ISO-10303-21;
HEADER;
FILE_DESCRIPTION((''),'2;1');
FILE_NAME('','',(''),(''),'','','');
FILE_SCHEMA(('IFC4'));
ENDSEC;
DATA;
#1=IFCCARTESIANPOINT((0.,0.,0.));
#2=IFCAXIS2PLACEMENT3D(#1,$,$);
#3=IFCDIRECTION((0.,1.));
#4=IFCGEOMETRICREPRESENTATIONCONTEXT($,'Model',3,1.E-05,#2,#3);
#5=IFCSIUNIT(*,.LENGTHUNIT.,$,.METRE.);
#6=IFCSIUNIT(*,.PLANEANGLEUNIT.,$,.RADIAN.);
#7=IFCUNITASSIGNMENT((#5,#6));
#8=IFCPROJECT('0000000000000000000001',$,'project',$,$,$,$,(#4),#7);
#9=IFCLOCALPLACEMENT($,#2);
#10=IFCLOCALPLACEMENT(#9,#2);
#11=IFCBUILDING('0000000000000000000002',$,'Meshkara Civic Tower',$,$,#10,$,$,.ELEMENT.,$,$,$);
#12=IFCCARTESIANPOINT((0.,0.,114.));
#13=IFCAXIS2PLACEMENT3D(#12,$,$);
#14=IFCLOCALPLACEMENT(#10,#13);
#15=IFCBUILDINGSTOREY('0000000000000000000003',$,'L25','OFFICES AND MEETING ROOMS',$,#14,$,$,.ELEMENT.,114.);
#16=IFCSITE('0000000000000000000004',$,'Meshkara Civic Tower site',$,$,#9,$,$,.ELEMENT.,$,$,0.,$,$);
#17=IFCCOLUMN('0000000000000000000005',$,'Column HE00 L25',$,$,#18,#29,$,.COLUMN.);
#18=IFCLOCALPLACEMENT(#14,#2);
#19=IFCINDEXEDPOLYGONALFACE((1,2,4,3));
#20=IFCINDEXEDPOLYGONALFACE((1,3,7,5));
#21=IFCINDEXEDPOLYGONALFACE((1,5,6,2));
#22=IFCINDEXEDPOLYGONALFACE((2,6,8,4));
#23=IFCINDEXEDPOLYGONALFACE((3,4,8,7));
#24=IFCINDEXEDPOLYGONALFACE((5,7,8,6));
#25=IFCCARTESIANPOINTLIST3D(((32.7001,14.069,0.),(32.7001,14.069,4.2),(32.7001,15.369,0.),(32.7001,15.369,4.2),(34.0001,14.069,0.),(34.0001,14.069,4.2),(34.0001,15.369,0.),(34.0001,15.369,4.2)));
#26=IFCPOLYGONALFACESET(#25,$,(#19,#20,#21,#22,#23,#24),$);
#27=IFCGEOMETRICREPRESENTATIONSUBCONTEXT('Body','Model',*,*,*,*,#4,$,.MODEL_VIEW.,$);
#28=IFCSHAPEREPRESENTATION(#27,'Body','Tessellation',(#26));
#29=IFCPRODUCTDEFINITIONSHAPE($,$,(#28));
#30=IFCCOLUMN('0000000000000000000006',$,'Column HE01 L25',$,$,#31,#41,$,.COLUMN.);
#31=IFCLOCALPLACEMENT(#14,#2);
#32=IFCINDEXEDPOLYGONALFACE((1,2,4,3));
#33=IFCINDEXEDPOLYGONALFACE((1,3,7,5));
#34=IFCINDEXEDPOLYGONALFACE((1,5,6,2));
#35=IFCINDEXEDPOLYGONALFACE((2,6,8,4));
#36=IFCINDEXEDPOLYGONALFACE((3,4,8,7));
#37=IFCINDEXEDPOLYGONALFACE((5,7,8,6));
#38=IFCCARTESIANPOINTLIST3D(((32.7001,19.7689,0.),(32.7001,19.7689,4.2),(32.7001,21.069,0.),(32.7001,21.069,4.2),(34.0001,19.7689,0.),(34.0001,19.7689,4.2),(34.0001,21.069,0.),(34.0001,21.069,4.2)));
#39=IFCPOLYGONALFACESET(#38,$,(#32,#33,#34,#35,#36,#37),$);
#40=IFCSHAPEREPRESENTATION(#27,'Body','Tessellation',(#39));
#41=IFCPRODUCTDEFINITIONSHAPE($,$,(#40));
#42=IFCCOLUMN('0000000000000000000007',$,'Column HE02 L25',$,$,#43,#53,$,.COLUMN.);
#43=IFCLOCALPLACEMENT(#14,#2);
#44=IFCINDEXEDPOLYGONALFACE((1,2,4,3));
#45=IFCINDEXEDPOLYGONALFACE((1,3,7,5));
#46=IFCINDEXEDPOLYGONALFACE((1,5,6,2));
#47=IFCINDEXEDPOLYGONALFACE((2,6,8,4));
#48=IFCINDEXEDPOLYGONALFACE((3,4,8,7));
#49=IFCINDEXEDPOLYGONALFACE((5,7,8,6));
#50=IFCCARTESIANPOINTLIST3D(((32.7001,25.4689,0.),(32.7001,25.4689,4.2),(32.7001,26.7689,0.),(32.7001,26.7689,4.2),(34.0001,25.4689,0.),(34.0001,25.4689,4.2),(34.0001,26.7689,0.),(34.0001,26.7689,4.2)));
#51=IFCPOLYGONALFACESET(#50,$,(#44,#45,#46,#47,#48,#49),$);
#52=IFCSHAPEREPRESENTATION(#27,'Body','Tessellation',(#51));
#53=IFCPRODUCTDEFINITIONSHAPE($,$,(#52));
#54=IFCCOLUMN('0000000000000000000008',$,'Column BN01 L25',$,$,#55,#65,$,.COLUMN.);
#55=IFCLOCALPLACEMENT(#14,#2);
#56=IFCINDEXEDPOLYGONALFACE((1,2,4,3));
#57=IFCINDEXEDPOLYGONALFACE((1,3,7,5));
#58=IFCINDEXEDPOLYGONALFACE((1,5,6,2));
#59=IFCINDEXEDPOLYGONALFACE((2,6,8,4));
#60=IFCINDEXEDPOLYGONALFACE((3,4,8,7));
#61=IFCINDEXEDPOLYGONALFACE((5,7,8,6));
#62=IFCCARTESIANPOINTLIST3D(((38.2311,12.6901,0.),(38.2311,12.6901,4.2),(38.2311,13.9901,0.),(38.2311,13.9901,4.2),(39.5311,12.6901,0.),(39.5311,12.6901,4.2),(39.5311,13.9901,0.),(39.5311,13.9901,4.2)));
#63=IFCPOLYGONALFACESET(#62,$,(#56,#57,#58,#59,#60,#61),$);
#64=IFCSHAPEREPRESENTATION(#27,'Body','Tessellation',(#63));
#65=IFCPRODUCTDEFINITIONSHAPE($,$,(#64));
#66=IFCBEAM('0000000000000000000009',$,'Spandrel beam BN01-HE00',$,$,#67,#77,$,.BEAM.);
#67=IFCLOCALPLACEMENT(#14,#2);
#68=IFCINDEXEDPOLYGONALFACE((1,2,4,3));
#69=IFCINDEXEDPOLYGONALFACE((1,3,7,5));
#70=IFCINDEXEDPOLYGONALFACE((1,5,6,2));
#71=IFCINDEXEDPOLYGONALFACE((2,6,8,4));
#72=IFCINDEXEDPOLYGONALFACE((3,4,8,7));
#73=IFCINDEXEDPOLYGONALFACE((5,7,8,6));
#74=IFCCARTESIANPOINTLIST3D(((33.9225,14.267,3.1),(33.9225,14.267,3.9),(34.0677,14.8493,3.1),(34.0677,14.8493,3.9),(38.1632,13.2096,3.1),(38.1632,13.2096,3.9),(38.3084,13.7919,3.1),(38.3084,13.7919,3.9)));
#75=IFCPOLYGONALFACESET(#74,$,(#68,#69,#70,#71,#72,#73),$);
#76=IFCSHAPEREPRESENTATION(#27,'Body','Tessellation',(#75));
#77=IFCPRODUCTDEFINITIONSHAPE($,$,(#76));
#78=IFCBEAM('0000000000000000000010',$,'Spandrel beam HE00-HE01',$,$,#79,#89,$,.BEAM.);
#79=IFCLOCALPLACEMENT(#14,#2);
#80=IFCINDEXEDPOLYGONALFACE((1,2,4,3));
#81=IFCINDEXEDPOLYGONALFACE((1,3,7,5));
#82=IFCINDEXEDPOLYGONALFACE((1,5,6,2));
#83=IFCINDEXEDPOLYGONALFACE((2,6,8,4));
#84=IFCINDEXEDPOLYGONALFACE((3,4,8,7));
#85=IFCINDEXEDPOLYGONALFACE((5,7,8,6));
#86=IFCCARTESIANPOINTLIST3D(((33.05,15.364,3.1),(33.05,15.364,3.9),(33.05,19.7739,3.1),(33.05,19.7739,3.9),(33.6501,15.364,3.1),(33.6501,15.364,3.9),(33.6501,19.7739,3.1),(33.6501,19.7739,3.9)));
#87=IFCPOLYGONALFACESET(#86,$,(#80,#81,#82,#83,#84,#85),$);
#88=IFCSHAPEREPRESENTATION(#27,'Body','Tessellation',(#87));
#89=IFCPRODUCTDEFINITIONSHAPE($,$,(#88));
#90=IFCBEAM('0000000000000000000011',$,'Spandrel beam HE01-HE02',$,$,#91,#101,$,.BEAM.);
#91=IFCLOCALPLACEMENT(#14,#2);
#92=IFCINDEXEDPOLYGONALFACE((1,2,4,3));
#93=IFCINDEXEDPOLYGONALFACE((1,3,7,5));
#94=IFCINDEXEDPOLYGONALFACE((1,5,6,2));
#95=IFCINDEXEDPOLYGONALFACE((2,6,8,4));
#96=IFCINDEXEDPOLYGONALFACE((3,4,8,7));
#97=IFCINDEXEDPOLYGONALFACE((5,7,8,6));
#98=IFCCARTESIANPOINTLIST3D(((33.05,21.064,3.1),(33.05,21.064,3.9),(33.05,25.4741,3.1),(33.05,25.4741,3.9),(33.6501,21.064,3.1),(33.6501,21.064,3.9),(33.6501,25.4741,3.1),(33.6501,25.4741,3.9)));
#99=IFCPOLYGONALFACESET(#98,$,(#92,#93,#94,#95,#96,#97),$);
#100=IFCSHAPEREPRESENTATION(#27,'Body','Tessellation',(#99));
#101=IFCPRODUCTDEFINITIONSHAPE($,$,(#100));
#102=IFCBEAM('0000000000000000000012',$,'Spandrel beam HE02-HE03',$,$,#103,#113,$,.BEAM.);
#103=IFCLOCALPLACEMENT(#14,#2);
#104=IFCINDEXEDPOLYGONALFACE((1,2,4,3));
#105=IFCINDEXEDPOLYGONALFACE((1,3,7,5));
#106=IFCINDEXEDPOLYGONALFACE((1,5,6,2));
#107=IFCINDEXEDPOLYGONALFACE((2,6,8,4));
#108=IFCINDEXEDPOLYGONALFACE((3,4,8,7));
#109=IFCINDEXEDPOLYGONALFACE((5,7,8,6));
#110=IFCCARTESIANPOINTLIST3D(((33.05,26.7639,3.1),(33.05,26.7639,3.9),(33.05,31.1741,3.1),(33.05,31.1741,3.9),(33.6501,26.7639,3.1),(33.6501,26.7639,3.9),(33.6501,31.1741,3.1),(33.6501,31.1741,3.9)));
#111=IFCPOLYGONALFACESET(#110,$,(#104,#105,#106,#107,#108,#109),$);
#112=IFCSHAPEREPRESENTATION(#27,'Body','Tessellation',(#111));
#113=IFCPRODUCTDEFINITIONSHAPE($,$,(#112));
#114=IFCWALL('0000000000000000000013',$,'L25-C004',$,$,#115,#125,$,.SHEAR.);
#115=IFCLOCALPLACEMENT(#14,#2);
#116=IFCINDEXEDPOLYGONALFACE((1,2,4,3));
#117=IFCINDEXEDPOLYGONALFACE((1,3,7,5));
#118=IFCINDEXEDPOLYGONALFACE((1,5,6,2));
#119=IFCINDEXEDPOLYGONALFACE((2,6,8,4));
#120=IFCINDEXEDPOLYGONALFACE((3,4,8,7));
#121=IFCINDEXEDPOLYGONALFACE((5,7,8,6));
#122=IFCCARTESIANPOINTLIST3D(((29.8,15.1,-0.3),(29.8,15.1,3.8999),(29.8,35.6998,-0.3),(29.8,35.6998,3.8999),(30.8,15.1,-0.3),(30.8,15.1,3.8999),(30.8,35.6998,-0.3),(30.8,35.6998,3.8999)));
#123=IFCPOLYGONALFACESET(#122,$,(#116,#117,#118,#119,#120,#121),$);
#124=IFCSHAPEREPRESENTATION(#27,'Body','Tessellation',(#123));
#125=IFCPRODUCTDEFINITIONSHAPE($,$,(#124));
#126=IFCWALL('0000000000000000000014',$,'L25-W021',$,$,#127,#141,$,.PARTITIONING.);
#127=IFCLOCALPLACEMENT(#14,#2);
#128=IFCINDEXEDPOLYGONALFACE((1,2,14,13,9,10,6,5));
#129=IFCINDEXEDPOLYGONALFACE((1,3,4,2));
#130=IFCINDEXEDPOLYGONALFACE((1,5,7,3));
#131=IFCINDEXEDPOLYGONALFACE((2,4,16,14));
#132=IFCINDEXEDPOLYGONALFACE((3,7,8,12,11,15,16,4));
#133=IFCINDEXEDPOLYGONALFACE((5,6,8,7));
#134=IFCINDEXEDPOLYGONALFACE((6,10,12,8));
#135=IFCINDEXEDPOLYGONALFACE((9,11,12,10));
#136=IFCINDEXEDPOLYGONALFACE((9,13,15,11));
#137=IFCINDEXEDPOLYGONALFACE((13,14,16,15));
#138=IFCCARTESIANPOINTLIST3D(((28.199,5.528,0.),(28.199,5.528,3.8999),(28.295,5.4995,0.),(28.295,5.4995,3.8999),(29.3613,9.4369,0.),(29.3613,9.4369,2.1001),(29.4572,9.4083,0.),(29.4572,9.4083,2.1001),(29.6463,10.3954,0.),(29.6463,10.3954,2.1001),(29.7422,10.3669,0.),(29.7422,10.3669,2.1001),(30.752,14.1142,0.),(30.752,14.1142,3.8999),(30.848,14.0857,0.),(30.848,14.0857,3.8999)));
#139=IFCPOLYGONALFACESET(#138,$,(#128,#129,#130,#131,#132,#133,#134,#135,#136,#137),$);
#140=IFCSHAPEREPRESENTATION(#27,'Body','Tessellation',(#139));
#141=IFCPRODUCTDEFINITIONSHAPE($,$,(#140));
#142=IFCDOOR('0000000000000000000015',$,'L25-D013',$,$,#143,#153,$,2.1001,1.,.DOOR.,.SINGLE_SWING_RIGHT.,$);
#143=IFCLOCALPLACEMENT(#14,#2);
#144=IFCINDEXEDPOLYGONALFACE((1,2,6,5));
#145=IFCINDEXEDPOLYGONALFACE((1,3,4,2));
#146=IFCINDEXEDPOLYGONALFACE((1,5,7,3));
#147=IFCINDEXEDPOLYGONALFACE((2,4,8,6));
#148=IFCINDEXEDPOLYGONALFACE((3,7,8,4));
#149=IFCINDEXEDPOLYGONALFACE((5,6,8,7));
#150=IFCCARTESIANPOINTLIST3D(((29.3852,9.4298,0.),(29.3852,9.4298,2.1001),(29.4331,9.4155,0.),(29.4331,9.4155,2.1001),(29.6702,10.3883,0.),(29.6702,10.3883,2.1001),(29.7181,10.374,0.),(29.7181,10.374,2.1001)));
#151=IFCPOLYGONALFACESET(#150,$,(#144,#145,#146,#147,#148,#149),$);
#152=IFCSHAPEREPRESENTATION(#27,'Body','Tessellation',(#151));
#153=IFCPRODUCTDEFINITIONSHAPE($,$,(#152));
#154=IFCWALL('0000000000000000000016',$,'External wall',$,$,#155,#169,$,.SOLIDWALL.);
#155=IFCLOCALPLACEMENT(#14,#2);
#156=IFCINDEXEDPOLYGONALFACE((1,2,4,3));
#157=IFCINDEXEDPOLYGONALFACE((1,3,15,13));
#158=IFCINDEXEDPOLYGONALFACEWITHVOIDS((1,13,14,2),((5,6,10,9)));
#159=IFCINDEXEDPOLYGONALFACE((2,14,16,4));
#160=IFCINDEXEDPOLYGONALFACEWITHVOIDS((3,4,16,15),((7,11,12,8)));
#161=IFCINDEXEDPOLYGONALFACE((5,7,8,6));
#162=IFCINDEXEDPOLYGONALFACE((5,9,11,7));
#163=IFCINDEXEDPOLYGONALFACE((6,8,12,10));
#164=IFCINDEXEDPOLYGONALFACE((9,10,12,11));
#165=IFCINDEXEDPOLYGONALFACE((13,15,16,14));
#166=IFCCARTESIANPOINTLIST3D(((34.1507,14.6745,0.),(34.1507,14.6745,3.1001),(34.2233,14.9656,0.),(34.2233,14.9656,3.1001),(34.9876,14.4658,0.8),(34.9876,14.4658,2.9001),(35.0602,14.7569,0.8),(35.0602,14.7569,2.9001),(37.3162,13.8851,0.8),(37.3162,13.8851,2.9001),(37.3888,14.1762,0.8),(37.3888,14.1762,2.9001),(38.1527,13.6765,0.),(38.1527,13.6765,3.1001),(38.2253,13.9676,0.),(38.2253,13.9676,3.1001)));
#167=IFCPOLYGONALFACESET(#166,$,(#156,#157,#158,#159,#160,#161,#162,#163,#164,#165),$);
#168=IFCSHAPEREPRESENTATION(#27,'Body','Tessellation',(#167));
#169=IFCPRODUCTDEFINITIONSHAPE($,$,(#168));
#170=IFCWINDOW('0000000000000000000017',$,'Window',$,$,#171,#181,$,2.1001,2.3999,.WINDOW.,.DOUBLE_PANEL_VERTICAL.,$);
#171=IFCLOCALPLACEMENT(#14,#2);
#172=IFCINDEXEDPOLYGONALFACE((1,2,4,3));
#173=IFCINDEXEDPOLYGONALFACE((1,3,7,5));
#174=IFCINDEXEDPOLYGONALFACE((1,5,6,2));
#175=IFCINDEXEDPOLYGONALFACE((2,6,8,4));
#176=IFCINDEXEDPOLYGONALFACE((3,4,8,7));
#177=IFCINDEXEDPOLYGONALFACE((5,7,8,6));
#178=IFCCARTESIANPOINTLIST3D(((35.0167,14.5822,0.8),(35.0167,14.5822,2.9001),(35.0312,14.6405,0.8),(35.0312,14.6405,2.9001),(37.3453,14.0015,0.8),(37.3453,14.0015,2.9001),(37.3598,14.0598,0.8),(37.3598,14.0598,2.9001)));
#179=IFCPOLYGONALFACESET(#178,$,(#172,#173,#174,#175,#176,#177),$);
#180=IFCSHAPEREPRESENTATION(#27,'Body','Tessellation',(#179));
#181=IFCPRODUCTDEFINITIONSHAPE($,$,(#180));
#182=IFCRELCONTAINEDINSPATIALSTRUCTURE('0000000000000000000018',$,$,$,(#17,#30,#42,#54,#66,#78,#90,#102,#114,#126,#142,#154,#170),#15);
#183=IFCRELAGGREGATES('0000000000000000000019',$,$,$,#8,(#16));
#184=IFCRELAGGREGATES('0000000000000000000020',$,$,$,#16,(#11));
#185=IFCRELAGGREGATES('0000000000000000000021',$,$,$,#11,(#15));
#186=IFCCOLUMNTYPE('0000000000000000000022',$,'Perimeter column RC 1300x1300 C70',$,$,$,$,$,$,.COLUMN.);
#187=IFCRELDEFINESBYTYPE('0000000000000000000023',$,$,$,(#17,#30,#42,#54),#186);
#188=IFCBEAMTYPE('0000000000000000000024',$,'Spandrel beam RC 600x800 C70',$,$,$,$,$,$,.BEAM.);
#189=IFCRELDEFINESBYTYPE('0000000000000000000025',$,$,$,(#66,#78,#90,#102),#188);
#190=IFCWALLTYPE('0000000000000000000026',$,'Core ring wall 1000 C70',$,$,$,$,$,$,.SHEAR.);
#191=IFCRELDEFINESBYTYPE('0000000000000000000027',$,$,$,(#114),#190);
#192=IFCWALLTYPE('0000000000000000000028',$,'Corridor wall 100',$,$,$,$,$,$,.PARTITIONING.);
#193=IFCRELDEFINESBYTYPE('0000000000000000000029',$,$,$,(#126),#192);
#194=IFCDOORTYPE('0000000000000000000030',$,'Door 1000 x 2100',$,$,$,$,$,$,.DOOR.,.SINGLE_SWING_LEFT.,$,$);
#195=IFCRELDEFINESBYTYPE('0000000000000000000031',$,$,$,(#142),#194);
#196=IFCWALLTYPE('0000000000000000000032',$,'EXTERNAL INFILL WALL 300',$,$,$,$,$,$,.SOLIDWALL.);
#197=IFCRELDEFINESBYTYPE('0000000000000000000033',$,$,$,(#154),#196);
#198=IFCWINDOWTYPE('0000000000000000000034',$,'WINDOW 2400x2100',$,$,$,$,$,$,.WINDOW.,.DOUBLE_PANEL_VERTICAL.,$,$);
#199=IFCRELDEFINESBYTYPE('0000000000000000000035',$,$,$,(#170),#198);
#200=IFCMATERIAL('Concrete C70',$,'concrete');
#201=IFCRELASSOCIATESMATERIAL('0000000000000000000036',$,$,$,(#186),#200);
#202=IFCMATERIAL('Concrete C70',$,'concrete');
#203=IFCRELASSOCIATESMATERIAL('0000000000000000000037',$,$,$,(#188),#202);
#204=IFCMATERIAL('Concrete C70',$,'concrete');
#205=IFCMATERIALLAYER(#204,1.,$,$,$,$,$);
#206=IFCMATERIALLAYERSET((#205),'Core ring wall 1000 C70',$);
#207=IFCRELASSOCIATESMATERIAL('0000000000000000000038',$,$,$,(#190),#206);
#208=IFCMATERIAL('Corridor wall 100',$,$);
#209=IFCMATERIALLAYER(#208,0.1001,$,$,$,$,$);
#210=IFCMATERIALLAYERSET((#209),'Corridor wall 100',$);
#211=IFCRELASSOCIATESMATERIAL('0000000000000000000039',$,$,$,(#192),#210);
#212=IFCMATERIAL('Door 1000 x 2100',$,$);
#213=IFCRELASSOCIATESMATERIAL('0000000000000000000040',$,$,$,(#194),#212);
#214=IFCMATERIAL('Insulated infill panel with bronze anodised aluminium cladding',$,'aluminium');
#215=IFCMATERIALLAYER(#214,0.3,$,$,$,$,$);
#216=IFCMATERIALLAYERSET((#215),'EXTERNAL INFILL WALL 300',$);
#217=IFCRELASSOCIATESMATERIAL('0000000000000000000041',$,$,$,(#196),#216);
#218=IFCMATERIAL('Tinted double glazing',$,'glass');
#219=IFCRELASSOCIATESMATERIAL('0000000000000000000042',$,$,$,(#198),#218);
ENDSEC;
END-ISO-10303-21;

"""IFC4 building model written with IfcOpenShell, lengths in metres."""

from ifc_helpers import new_model, si_unit, direction, frame, frame_2d, origin, origin_2d, place, context, subcontext, project, spatial, rectangle, extrude, material, layer, layer_set, material_profile, profile_set, type_object, element, fill, save


model = new_model("IFC4")

# Units and contexts
model_context = context("Model", 3, precision=1e-05, world=origin(), true_north=direction((0.0, 1.0)))
body_context = subcontext(model_context, "Body", "Model", "MODEL_VIEW")
ifc_project = project(units=[si_unit("LENGTHUNIT", "METRE"), si_unit("PLANEANGLEUNIT", "RADIAN")], contexts=[model_context])

# Site, building, storey
site_placement = place(None, origin())
site = spatial("IfcSite", under=ifc_project, at=site_placement, Name="Meshkara Civic Tower site", CompositionType="ELEMENT", RefElevation=0.0)
building_placement = place(site_placement, origin())
building = spatial("IfcBuilding", under=site, at=building_placement, Name="Meshkara Civic Tower", CompositionType="ELEMENT")
storey_placement = place(building_placement, frame((0.0, 0.0, 114.0)))
storey = spatial("IfcBuildingStorey", under=building, at=storey_placement, Name="L25", Description="OFFICES AND MEETING ROOMS", CompositionType="ELEMENT", Elevation=114.0)

# Columns
ifc_material_1 = material(Name="Concrete C70", Category="concrete")
ifc_material_profile_1 = material_profile(ifc_material_1, rectangle(XDim=1.3, YDim=1.3, at=origin_2d()))
ifc_profile_set_1 = profile_set([ifc_material_profile_1], Name="Concrete C70")
column_type = type_object("IfcColumnType", Name="Perimeter column RC 1300x1300 C70", PredefinedType="COLUMN", material=ifc_profile_set_1)
for number, where, z_axis, x_axis, name in (
    (1, (33.3501, 14.719, 0.0), (0.0, 0.0, 1.0), (1.0, 0.0, 0.0), "Column HE00 L25"),
    (2, (33.3501, 20.4189, 0.0), (0.0, 0.0, 1.0), (1.0, 0.0, 0.0), "Column HE01 L25"),
    (3, (33.3501, 26.1189, 0.0), (0.0, 0.0, 1.0), (1.0, 0.0, 0.0), "Column HE02 L25"),
    (4, (38.8811, 13.3401, 0.0), (0.0, 0.0, 1.0), (1.0, 0.0, 0.0), "Column BN01 L25"),
):
    element("IfcColumn", number, at=place(storey_placement, frame(where, z_axis=z_axis, x_axis=x_axis)), inside=storey, type_object=column_type, Name=name, PredefinedType="COLUMN", context=body_context, shape_type="SweptSolid", body=[
        extrude(rectangle(XDim=1.3, YDim=1.3, at=origin_2d()), origin(), (0.0, 0.0, 1.0), 4.2),
    ])

# Beams
ifc_material_2 = material(Name="Concrete C70", Category="concrete")
ifc_material_profile_2 = material_profile(ifc_material_2, rectangle(XDim=0.6001, YDim=0.8, at=origin_2d()))
ifc_profile_set_2 = profile_set([ifc_material_profile_2], Name="Concrete C70")
beam_type = type_object("IfcBeamType", Name="Spandrel beam RC 600x800 C70", PredefinedType="BEAM", material=ifc_profile_set_2)
beam_1_placement = place(storey_placement, frame((38.2358, 13.5007, 3.5), z_axis=(-0.970293, 0.241931, 0.0), x_axis=(-0.241931, -0.970293, 0.0)))
element("IfcBeam", 5, at=beam_1_placement, inside=storey, type_object=beam_type, Name="Spandrel beam BN01-HE00", PredefinedType="BEAM", context=body_context, shape_type="SweptSolid", body=[
    extrude(rectangle(XDim=0.6001, YDim=0.8, at=origin_2d()), origin(), (0.0, 0.0, 1.0), 4.3706),
])
beam_2_placement = place(storey_placement, frame((33.3501, 15.364, 3.5), z_axis=(0.0, 1.0, 0.0), x_axis=(-1.0, 0.0, 0.0)))
element("IfcBeam", 6, at=beam_2_placement, inside=storey, type_object=beam_type, Name="Spandrel beam HE00-HE01", PredefinedType="BEAM", context=body_context, shape_type="SweptSolid", body=[
    extrude(rectangle(XDim=0.6001, YDim=0.8, at=origin_2d()), origin(), (0.0, 0.0, 1.0), 4.4099),
])
for number, where, z_axis, x_axis, name in (
    (7, (33.3501, 21.064, 3.5), (0.0, 1.0, 0.0), (-1.0, 0.0, 0.0), "Spandrel beam HE01-HE02"),
    (8, (33.3501, 26.7639, 3.5), (0.0, 1.0, 0.0), (-1.0, 0.0, 0.0), "Spandrel beam HE02-HE03"),
):
    element("IfcBeam", number, at=place(storey_placement, frame(where, z_axis=z_axis, x_axis=x_axis)), inside=storey, type_object=beam_type, Name=name, PredefinedType="BEAM", context=body_context, shape_type="SweptSolid", body=[
        extrude(rectangle(XDim=0.6001, YDim=0.8, at=origin_2d()), origin(), (0.0, 0.0, 1.0), 4.4102),
    ])

# Wall
ifc_material_3 = material(Name="Concrete C70", Category="concrete")
ifc_layer_1 = layer(ifc_material_3, 1.0)
ifc_layer_set_1 = layer_set([ifc_layer_1], Name="Core ring wall 1000 C70")
wall_type_1 = type_object("IfcWallType", Name="Core ring wall 1000 C70", PredefinedType="SHEAR", material=ifc_layer_set_1)
wall_1_placement = place(storey_placement, frame((30.3, 15.1001, -0.3), z_axis=(0.0, 0.0, 1.0), x_axis=(0.0, 1.0, 0.0)))
element("IfcWall", 9, at=wall_1_placement, inside=storey, type_object=wall_type_1, Name="L25-C004", PredefinedType="SHEAR", context=body_context, shape_type="SweptSolid", body=[
    extrude(rectangle(XDim=20.5999, YDim=1.0, at=frame_2d((10.2998, 0.0))), origin(), (0.0, 0.0, 1.0), 4.2),
])

# Wall, opening, door
ifc_material_4 = material(Name="Corridor wall 100")
ifc_layer_2 = layer(ifc_material_4, 0.1001)
ifc_layer_set_2 = layer_set([ifc_layer_2], Name="Corridor wall 100")
wall_type_2 = type_object("IfcWallType", Name="Corridor wall 100", PredefinedType="PARTITIONING", material=ifc_layer_set_2)
wall_2_placement = place(storey_placement, frame((30.8, 14.1001, 0.0), z_axis=(0.0, 0.0, 1.0), x_axis=(-0.285004, -0.958526, 0.0)))
wall_2 = element("IfcWall", 10, at=wall_2_placement, inside=storey, type_object=wall_type_2, Name="L25-W021", PredefinedType="PARTITIONING", context=body_context, shape_type="SweptSolid", body=[
    extrude(rectangle(XDim=8.9578, YDim=0.1001, at=frame_2d((4.479, 0.0))), origin(), (0.0, 0.0, 1.0), 3.8999),
])
opening_1_placement = place(wall_2_placement, frame((3.8799, 0.0, 0.0)))
opening_1 = element("IfcOpeningElement", 11, at=opening_1_placement, cuts=wall_2, PredefinedType="OPENING", context=body_context, shape_type="SweptSolid", body=[
    extrude(rectangle(XDim=1.0, YDim=2.1001, at=frame_2d((0.5, 1.05))), frame((0.0, 0.0601, 0.0), z_axis=(0.0, -1.0, 0.0), x_axis=(1.0, 0.0, 0.0)), (0.0, 0.0, 1.0), 0.1201),
])
ifc_material_5 = material(Name="Door 1000 x 2100")
door_type_1 = type_object("IfcDoorType", Name="Door 1000 x 2100", OperationType="SINGLE_SWING_LEFT", PredefinedType="DOOR", material=ifc_material_5)
door_1_placement = place(opening_1_placement, origin())
door_1 = element("IfcDoor", 12, at=door_1_placement, inside=storey, type_object=door_type_1, Name="L25-D013", OperationType="SINGLE_SWING_RIGHT", OverallHeight=2.1001, OverallWidth=1.0, PredefinedType="DOOR", context=body_context, shape_type="SweptSolid", body=[
    extrude(rectangle(XDim=1.0, YDim=2.1001, at=frame_2d((0.5, 1.05))), frame((0.0, 0.0249, 0.0), z_axis=(0.0, -1.0, 0.0), x_axis=(1.0, 0.0, 0.0)), (0.0, 0.0, 1.0), 0.05),
])
fill(opening_1, door_1)

# Wall, opening, window
ifc_material_6 = material(Name="Insulated infill panel with bronze anodised aluminium cladding", Category="aluminium")
ifc_layer_3 = layer(ifc_material_6, 0.3)
ifc_layer_set_3 = layer_set([ifc_layer_3], Name="EXTERNAL INFILL WALL 300")
wall_type_3 = type_object("IfcWallType", Name="EXTERNAL INFILL WALL 300", PredefinedType="SOLIDWALL", material=ifc_layer_set_3)
wall_3_placement = place(storey_placement, frame((38.189, 13.822, 0.0), z_axis=(0.0, 0.0, 1.0), x_axis=(-0.970282, 0.241978, 0.0)))
wall_3 = element("IfcWall", 13, at=wall_3_placement, inside=storey, type_object=wall_type_3, Name="External wall", PredefinedType="SOLIDWALL", context=body_context, shape_type="SweptSolid", body=[
    extrude(rectangle(XDim=4.1245, YDim=0.3, at=frame_2d((2.0623, 0.0))), origin(), (0.0, 0.0, 1.0), 3.1001),
])
opening_2_placement = place(wall_3_placement, frame((0.8621, 0.0, 0.8)))
opening_2 = element("IfcOpeningElement", 14, at=opening_2_placement, cuts=wall_3, PredefinedType="OPENING", context=body_context, shape_type="SweptSolid", body=[
    extrude(rectangle(XDim=2.3999, YDim=2.1001, at=frame_2d((1.2, 1.05))), frame((0.0, 0.1599, 0.0), z_axis=(0.0, -1.0, 0.0), x_axis=(1.0, 0.0, 0.0)), (0.0, 0.0, 1.0), 0.3201),
])
ifc_material_7 = material(Name="Tinted double glazing", Category="glass")
window_type = type_object("IfcWindowType", Name="WINDOW 2400x2100", PartitioningType="DOUBLE_PANEL_VERTICAL", PredefinedType="WINDOW", material=ifc_material_7)
window_1_placement = place(opening_2_placement, origin())
window_1 = element("IfcWindow", 15, at=window_1_placement, inside=storey, type_object=window_type, Name="Window", OverallHeight=2.1001, OverallWidth=2.3999, PartitioningType="DOUBLE_PANEL_VERTICAL", PredefinedType="WINDOW", context=body_context, shape_type="SweptSolid", body=[
    extrude(rectangle(XDim=2.3999, YDim=2.1001, at=frame_2d((1.2, 1.05))), frame((0.0, 0.03, 0.0), z_axis=(0.0, -1.0, 0.0), x_axis=(1.0, 0.0, 0.0)), (0.0, 0.0, 1.0), 0.0601),
])
fill(opening_2, window_1)

save(model, "model.ifc")
